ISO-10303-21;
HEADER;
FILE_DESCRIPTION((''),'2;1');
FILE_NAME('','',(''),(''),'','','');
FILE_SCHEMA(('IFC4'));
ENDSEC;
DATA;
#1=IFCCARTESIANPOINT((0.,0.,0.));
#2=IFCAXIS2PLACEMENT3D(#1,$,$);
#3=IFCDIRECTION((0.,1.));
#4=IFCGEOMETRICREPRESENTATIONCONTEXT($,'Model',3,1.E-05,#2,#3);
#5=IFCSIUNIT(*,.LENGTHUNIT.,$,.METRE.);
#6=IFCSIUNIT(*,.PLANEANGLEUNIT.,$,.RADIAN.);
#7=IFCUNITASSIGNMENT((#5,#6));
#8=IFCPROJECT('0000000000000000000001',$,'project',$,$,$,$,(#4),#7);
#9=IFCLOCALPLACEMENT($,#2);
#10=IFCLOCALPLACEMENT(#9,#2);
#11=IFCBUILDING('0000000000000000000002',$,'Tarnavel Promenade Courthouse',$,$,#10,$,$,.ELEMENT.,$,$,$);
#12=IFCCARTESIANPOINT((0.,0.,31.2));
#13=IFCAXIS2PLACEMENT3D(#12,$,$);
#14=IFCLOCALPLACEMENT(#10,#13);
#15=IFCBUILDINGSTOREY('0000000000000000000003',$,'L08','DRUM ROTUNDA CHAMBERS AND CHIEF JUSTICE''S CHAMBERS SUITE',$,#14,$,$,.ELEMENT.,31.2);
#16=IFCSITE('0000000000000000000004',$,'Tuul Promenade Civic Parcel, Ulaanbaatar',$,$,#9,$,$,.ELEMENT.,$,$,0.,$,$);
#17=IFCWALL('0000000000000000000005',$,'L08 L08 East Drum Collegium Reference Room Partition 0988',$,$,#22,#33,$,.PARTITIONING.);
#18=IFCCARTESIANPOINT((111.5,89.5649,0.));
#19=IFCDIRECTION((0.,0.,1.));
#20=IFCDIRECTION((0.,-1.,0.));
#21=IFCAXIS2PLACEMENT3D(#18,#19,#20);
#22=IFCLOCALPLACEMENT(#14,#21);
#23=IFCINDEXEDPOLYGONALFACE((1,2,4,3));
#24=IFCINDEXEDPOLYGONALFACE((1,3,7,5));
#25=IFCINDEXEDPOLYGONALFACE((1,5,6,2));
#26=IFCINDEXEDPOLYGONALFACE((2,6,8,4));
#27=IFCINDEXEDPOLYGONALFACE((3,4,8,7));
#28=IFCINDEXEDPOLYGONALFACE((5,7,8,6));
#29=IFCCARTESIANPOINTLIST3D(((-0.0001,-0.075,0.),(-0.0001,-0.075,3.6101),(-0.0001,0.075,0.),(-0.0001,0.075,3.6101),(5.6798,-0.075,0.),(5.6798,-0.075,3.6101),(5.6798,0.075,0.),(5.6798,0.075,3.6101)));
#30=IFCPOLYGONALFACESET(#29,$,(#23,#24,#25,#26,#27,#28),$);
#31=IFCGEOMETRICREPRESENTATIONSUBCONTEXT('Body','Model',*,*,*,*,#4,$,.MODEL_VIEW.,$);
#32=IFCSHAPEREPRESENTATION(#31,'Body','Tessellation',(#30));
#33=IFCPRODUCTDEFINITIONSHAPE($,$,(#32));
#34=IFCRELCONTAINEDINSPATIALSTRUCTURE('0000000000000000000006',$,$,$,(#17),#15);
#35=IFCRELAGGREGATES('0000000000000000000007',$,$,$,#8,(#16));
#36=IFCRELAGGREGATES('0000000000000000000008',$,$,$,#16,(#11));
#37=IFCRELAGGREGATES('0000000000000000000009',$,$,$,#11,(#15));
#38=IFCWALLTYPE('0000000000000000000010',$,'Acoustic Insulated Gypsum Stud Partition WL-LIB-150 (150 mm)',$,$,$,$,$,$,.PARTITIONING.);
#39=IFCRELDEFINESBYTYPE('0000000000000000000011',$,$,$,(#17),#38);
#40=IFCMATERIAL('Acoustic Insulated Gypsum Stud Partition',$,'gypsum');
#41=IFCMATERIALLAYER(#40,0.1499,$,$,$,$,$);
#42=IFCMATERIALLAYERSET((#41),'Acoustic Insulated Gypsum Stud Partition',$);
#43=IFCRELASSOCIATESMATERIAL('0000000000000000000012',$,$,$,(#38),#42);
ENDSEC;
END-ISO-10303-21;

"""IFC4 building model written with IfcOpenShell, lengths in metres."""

from ifc_helpers import new_model, si_unit, direction, frame, frame_2d, origin, place, context, subcontext, project, spatial, rectangle, extrude, material, layer, layer_set, type_object, element, save


model = new_model("IFC4")

# Units and contexts
model_context = context("Model", 3, precision=1e-05, world=origin(), true_north=direction((0.0, 1.0)))
body_context = subcontext(model_context, "Body", "Model", "MODEL_VIEW")
ifc_project = project(units=[si_unit("LENGTHUNIT", "METRE"), si_unit("PLANEANGLEUNIT", "RADIAN")], contexts=[model_context])

# Site, building, storey
site_placement = place(None, origin())
site = spatial("IfcSite", under=ifc_project, at=site_placement, Name="Tuul Promenade Civic Parcel, Ulaanbaatar", CompositionType="ELEMENT", RefElevation=0.0)
building_placement = place(site_placement, origin())
building = spatial("IfcBuilding", under=site, at=building_placement, Name="Tarnavel Promenade Courthouse", CompositionType="ELEMENT")
storey_placement = place(building_placement, frame((0.0, 0.0, 31.2)))
storey = spatial("IfcBuildingStorey", under=building, at=storey_placement, Name="L08", Description="DRUM ROTUNDA CHAMBERS AND CHIEF JUSTICE'S CHAMBERS SUITE", CompositionType="ELEMENT", Elevation=31.2)

# Wall
ifc_material_1 = material(Name="Acoustic Insulated Gypsum Stud Partition", Category="gypsum")
ifc_layer_1 = layer(ifc_material_1, 0.1499)
ifc_layer_set_1 = layer_set([ifc_layer_1], Name="Acoustic Insulated Gypsum Stud Partition")
wall_type_1 = type_object("IfcWallType", Name="Acoustic Insulated Gypsum Stud Partition WL-LIB-150 (150 mm)", PredefinedType="PARTITIONING", material=ifc_layer_set_1)
wall_1_placement = place(storey_placement, frame((111.5, 89.5649, 0.0), z_axis=(0.0, 0.0, 1.0), x_axis=(0.0, -1.0, 0.0)))
element("IfcWall", 1, at=wall_1_placement, inside=storey, type_object=wall_type_1, Name="L08 L08 East Drum Collegium Reference Room Partition 0988", PredefinedType="PARTITIONING", context=body_context, shape_type="SweptSolid", body=[
    extrude(rectangle(XDim=5.6799, YDim=0.1499, at=frame_2d((2.8398, 0.0))), origin(), (0.0, 0.0, 1.0), 3.6101),
])

save(model, "model.ifc")
